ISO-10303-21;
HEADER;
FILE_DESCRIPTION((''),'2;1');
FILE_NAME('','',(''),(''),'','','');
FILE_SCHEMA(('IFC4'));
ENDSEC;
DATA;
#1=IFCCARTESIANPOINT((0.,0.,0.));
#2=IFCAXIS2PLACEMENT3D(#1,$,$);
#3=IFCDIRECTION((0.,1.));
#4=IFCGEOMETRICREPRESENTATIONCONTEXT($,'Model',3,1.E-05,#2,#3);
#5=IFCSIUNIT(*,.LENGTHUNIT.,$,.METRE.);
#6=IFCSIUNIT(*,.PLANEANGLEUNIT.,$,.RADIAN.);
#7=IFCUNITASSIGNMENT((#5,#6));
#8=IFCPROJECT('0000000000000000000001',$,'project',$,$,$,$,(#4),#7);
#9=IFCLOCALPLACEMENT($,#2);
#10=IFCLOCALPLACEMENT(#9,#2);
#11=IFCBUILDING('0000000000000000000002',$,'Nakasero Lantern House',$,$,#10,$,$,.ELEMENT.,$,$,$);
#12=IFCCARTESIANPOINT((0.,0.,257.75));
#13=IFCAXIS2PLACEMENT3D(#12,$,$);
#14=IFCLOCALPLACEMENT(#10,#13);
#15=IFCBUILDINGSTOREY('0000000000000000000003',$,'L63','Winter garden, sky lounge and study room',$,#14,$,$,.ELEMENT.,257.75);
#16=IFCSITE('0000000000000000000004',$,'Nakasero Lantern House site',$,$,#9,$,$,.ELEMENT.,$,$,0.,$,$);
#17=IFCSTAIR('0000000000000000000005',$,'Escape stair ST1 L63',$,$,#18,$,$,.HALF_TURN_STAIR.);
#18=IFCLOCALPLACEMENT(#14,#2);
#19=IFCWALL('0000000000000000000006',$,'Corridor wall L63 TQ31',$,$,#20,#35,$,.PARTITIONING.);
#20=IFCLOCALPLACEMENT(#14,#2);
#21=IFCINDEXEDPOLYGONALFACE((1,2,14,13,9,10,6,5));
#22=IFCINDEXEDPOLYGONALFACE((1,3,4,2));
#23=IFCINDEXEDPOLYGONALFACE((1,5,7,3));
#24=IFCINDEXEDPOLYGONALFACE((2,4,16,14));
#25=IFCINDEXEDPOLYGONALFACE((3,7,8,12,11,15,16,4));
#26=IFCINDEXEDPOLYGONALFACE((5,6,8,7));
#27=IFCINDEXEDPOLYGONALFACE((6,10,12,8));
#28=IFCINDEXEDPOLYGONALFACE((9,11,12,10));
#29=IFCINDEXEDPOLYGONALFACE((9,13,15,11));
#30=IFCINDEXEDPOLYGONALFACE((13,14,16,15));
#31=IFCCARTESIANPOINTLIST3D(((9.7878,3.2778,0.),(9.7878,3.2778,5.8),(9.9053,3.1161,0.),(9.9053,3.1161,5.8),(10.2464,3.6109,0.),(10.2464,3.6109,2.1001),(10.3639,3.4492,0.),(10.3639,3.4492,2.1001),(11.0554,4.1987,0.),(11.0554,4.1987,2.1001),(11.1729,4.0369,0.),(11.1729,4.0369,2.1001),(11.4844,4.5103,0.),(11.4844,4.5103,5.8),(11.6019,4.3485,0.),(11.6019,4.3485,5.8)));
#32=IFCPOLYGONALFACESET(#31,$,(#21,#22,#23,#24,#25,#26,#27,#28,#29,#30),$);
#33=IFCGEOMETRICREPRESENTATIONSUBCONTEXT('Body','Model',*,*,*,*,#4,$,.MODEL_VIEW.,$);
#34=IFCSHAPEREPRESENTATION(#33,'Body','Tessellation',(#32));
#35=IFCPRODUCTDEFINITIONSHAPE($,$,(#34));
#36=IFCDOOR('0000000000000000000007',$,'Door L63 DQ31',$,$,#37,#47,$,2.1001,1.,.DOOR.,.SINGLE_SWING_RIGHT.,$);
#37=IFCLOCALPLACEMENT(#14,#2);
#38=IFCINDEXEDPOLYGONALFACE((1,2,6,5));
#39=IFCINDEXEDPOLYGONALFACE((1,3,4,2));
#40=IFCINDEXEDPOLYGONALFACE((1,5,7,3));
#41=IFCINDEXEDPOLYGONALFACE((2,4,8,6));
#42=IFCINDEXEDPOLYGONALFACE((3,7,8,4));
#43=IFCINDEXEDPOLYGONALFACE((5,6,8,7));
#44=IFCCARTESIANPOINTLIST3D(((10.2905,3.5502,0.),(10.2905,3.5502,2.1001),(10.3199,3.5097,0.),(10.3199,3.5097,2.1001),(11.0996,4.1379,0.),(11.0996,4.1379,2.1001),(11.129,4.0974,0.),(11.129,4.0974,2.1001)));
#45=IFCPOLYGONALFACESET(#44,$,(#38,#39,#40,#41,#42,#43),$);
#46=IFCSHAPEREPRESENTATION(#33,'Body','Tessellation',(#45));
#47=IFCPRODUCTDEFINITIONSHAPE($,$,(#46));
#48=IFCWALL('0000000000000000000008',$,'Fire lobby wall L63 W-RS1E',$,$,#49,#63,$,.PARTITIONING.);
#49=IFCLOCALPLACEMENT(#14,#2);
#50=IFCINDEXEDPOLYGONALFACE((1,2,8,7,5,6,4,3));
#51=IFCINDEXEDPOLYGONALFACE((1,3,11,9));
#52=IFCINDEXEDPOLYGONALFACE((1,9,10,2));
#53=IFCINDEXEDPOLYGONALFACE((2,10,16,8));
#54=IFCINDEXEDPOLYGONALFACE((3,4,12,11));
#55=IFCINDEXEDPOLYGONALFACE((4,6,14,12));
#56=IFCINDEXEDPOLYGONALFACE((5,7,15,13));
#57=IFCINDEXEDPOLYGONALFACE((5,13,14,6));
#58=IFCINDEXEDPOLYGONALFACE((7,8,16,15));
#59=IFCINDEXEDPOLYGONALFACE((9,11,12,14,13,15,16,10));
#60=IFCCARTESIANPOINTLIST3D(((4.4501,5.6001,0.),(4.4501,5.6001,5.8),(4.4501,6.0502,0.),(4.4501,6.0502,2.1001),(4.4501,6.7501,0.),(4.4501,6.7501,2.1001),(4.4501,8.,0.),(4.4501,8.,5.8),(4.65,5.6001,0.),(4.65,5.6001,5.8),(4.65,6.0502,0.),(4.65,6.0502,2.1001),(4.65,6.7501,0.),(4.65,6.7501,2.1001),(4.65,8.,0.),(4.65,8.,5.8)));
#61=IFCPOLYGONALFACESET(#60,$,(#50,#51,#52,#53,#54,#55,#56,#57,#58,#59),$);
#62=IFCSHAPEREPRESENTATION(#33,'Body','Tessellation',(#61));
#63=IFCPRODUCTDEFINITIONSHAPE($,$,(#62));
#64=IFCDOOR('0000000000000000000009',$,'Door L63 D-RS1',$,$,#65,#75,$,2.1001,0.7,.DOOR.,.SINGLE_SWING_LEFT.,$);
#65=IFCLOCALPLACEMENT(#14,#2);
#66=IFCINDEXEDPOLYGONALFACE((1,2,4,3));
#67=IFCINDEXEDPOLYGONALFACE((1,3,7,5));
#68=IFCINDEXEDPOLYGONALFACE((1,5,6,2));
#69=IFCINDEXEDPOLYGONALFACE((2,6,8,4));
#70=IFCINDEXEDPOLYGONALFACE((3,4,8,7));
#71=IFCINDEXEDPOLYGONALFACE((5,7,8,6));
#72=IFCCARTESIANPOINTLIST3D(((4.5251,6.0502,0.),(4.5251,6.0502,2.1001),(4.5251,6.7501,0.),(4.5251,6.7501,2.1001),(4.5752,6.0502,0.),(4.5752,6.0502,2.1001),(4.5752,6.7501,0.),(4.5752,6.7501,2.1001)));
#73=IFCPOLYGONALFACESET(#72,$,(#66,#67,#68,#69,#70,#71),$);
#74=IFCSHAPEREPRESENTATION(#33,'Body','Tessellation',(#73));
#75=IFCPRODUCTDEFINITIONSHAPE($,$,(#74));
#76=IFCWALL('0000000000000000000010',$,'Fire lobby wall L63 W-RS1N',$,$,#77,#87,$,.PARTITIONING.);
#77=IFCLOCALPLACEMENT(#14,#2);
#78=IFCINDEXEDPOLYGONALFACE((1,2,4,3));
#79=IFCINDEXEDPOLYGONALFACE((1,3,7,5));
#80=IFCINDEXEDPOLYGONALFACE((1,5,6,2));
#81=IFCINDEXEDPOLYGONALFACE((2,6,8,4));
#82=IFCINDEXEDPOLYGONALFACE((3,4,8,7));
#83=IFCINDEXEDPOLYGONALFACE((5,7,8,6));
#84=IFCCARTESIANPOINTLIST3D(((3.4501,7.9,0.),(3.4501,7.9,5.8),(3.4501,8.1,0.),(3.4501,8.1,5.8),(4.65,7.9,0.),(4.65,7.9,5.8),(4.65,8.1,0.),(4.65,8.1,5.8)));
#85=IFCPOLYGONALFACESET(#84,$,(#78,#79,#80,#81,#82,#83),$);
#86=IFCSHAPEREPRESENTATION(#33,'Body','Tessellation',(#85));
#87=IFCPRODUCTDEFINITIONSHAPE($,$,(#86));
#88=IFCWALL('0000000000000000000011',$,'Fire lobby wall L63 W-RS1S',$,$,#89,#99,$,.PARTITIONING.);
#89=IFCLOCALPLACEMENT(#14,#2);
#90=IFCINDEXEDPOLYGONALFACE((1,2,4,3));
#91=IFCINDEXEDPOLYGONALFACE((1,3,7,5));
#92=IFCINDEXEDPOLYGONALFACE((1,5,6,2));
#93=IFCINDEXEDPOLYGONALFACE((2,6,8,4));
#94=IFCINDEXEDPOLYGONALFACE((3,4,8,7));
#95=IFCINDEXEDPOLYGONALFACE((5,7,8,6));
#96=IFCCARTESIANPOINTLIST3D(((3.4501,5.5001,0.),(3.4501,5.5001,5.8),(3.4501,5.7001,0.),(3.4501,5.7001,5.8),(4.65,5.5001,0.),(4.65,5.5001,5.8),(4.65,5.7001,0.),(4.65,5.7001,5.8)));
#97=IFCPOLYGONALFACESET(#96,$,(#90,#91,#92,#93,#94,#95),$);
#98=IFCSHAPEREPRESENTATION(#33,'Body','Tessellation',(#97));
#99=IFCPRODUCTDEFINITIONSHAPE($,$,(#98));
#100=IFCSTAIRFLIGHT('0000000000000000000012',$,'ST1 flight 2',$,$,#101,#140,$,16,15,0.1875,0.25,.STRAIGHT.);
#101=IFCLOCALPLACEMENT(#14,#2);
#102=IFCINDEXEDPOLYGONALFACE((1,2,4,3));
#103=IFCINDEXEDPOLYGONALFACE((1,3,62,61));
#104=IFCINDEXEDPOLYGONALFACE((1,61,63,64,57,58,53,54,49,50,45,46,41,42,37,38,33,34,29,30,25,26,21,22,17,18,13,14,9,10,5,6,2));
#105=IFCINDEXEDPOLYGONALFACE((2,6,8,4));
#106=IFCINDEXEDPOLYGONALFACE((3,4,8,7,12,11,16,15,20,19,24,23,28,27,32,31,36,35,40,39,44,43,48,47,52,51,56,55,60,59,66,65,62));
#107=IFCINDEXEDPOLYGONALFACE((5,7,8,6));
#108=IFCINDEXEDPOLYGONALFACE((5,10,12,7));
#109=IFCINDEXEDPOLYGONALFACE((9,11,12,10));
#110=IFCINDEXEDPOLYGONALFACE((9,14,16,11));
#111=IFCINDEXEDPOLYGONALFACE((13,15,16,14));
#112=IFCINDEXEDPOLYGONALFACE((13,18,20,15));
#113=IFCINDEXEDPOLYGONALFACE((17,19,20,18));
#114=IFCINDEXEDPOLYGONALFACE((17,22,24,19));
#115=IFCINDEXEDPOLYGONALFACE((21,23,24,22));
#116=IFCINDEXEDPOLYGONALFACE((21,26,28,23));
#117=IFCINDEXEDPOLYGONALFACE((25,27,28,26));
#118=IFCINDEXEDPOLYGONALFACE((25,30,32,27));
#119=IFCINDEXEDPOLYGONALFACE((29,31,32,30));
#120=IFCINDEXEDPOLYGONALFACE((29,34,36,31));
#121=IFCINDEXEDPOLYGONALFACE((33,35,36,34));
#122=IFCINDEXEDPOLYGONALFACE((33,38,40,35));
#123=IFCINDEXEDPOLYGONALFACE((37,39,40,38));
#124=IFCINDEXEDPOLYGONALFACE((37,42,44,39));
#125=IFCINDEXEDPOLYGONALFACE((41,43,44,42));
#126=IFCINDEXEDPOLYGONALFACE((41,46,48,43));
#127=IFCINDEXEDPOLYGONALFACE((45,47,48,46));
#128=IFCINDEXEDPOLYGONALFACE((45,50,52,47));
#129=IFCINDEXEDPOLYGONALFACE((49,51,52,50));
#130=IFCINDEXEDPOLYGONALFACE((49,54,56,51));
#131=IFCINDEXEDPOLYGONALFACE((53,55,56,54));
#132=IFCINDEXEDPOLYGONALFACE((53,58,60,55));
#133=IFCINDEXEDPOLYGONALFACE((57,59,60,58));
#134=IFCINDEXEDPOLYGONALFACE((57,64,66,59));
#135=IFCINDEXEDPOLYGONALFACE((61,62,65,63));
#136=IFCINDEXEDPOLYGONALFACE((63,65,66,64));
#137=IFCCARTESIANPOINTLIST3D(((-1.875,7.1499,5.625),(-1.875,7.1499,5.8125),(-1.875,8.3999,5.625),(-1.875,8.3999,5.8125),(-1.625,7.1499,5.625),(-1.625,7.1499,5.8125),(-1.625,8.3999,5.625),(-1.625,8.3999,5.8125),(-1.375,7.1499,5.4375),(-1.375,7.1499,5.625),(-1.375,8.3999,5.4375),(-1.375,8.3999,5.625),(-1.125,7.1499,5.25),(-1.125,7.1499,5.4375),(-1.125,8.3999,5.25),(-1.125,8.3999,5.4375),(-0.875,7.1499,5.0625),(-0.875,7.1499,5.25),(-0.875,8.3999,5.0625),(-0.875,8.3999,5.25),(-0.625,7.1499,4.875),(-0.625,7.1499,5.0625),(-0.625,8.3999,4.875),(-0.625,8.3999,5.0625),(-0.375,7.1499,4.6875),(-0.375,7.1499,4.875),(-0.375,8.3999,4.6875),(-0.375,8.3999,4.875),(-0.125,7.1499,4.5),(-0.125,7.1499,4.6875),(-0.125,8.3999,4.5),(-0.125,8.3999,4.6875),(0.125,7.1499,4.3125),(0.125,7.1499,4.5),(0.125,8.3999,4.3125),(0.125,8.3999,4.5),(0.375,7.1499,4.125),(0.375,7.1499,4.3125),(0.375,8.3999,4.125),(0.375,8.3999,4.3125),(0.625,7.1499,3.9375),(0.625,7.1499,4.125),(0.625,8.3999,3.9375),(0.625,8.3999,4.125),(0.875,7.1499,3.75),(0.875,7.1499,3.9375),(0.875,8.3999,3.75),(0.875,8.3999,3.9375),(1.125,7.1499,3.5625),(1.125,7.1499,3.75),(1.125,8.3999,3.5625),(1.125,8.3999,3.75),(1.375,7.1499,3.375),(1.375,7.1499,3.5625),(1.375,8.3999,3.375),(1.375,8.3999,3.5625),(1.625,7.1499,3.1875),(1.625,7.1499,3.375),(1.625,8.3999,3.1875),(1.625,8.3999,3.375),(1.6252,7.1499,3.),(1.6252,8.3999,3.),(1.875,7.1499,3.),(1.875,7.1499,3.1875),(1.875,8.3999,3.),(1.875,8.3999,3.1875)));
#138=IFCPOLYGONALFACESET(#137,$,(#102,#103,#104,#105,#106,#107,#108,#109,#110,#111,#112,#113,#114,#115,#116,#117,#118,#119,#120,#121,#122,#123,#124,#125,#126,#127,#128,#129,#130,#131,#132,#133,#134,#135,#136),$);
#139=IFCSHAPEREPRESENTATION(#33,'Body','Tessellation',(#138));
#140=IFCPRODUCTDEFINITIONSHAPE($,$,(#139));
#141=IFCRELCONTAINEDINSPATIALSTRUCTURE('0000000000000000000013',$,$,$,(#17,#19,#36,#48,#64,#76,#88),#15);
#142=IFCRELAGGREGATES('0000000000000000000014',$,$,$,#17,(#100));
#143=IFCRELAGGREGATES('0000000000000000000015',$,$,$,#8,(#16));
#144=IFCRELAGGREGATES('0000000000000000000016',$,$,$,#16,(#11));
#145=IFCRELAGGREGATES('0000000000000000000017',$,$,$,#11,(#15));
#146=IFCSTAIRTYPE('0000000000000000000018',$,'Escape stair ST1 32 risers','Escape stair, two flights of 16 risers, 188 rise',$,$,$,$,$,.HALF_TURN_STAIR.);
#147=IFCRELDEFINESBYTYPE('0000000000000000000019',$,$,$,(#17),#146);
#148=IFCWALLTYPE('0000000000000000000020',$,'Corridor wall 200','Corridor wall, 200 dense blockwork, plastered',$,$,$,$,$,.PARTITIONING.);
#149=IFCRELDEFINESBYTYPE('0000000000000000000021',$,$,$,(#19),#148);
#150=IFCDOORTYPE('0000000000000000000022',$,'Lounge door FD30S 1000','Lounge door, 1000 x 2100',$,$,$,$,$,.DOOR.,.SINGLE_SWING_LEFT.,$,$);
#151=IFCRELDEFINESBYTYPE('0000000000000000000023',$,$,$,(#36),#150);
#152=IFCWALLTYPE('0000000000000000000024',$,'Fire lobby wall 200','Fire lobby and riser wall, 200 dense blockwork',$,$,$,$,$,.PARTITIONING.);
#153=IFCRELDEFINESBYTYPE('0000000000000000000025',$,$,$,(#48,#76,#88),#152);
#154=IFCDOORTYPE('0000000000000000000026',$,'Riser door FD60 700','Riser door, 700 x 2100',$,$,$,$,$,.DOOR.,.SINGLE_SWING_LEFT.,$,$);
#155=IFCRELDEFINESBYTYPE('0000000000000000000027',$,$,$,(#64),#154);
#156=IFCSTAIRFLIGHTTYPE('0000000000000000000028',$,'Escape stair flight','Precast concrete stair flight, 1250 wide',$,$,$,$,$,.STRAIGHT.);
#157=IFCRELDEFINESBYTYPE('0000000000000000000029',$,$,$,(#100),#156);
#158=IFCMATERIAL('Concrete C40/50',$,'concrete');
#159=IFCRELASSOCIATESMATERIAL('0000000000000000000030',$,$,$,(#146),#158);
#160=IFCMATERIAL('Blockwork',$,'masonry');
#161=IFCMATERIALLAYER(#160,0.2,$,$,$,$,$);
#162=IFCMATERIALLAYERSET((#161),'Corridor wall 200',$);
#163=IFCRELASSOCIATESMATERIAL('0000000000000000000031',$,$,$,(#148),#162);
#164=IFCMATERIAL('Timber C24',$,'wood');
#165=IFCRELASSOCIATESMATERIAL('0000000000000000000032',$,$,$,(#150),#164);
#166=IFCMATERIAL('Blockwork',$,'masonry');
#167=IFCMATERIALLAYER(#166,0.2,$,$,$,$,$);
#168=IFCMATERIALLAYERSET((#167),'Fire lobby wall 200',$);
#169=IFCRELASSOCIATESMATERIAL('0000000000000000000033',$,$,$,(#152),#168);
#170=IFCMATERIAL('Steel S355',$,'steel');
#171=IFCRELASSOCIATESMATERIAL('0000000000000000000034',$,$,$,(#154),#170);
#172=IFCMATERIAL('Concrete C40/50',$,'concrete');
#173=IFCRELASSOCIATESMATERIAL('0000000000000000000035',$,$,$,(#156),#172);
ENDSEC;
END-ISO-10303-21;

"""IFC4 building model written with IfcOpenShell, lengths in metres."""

from ifc_helpers import new_model, si_unit, direction, frame, frame_2d, origin, place, context, subcontext, project, spatial, polyline, rectangle, outline, extrude, material, layer, layer_set, type_object, element, fill, aggregate, save


model = new_model("IFC4")

# Units and contexts
model_context = context("Model", 3, precision=1e-05, world=origin(), true_north=direction((0.0, 1.0)))
body_context = subcontext(model_context, "Body", "Model", "MODEL_VIEW")
ifc_project = project(units=[si_unit("LENGTHUNIT", "METRE"), si_unit("PLANEANGLEUNIT", "RADIAN")], contexts=[model_context])

# Site, building, storey
site_placement = place(None, origin())
site = spatial("IfcSite", under=ifc_project, at=site_placement, Name="Nakasero Lantern House site", CompositionType="ELEMENT", RefElevation=0.0)
building_placement = place(site_placement, origin())
building = spatial("IfcBuilding", under=site, at=building_placement, Name="Nakasero Lantern House", CompositionType="ELEMENT")
storey_placement = place(building_placement, frame((0.0, 0.0, 257.75)))
storey = spatial("IfcBuildingStorey", under=building, at=storey_placement, Name="L63", Description="Winter garden, sky lounge and study room", CompositionType="ELEMENT", Elevation=257.75)

# Stair
ifc_material_1 = material(Name="Concrete C40/50", Category="concrete")
stair_type_1 = type_object("IfcStairType", Name="Escape stair ST1 32 risers", Description="Escape stair, two flights of 16 risers, 188 rise", PredefinedType="HALF_TURN_STAIR", material=ifc_material_1)
stair_1_placement = place(storey_placement, origin())
stair_1 = element("IfcStair", 1, at=stair_1_placement, inside=storey, type_object=stair_type_1, Name="Escape stair ST1 L63", PredefinedType="HALF_TURN_STAIR")

# Walls, openings, doors
ifc_material_2 = material(Name="Blockwork", Category="masonry")
ifc_layer_1 = layer(ifc_material_2, 0.2)
ifc_layer_set_1 = layer_set([ifc_layer_1], Name="Corridor wall 200")
wall_type_1 = type_object("IfcWallType", Name="Corridor wall 200", Description="Corridor wall, 200 dense blockwork, plastered", PredefinedType="PARTITIONING", material=ifc_layer_set_1)
ifc_material_3 = material(Name="Timber C24", Category="wood")
door_type_1 = type_object("IfcDoorType", Name="Lounge door FD30S 1000", Description="Lounge door, 1000 x 2100", OperationType="SINGLE_SWING_LEFT", PredefinedType="DOOR", material=ifc_material_3)
wall_1_placement = place(storey_placement, frame((9.8467, 3.197, 0.0), z_axis=(0.0, 0.0, 1.0), x_axis=(0.809058, 0.587729, 0.0)))
wall_1 = element("IfcWall", 2, at=wall_1_placement, inside=storey, type_object=wall_type_1, Name="Corridor wall L63 TQ31", PredefinedType="PARTITIONING", context=body_context, shape_type="SweptSolid", body=[
    extrude(rectangle(XDim=2.0969, YDim=0.2, at=frame_2d((1.0483, 0.0))), origin(), (0.0, 0.0, 1.0), 5.8),
])
opening_1_placement = place(wall_1_placement, frame((0.5667, 0.0, 0.0)))
opening_1 = element("IfcOpeningElement", 3, at=opening_1_placement, cuts=wall_1, PredefinedType="OPENING", context=body_context, shape_type="SweptSolid", body=[
    extrude(rectangle(XDim=1.0, YDim=2.1001, at=frame_2d((0.5, 1.05))), frame((0.0, 0.1199, 0.0), z_axis=(0.0, -1.0, 0.0), x_axis=(1.0, 0.0, 0.0)), (0.0, 0.0, 1.0), 0.24),
])
door_1_placement = place(opening_1_placement, origin())
door_1 = element("IfcDoor", 4, at=door_1_placement, inside=storey, type_object=door_type_1, Name="Door L63 DQ31", OperationType="SINGLE_SWING_RIGHT", OverallHeight=2.1001, OverallWidth=1.0, PredefinedType="DOOR", context=body_context, shape_type="SweptSolid", body=[
    extrude(rectangle(XDim=1.0, YDim=2.1001, at=frame_2d((0.5, 1.05))), frame((0.0, 0.0249, 0.0), z_axis=(0.0, -1.0, 0.0), x_axis=(1.0, 0.0, 0.0)), (0.0, 0.0, 1.0), 0.05),
])
fill(opening_1, door_1)
ifc_material_4 = material(Name="Blockwork", Category="masonry")
ifc_layer_2 = layer(ifc_material_4, 0.2)
ifc_layer_set_2 = layer_set([ifc_layer_2], Name="Fire lobby wall 200")
wall_type_2 = type_object("IfcWallType", Name="Fire lobby wall 200", Description="Fire lobby and riser wall, 200 dense blockwork", PredefinedType="PARTITIONING", material=ifc_layer_set_2)
wall_2_placement = place(storey_placement, frame((4.55, 5.6001, 0.0), z_axis=(0.0, 0.0, 1.0), x_axis=(0.0, 1.0, 0.0)))
wall_2 = element("IfcWall", 5, at=wall_2_placement, inside=storey, type_object=wall_type_2, Name="Fire lobby wall L63 W-RS1E", PredefinedType="PARTITIONING", context=body_context, shape_type="SweptSolid", body=[
    extrude(rectangle(XDim=2.3999, YDim=0.2, at=frame_2d((1.2, 0.0))), origin(), (0.0, 0.0, 1.0), 5.8),
])
opening_2_placement = place(wall_2_placement, frame((0.45, 0.0, 0.0)))
opening_2 = element("IfcOpeningElement", 6, at=opening_2_placement, cuts=wall_2, PredefinedType="OPENING", context=body_context, shape_type="SweptSolid", body=[
    extrude(rectangle(XDim=0.7, YDim=2.1001, at=frame_2d((0.3501, 1.05))), frame((0.0, 0.1199, 0.0), z_axis=(0.0, -1.0, 0.0), x_axis=(1.0, 0.0, 0.0)), (0.0, 0.0, 1.0), 0.24),
])
ifc_material_5 = material(Name="Steel S355", Category="steel")
door_type_2 = type_object("IfcDoorType", Name="Riser door FD60 700", Description="Riser door, 700 x 2100", OperationType="SINGLE_SWING_LEFT", PredefinedType="DOOR", material=ifc_material_5)
door_2_placement = place(opening_2_placement, origin())
door_2 = element("IfcDoor", 7, at=door_2_placement, inside=storey, type_object=door_type_2, Name="Door L63 D-RS1", OperationType="SINGLE_SWING_LEFT", OverallHeight=2.1001, OverallWidth=0.7, PredefinedType="DOOR", context=body_context, shape_type="SweptSolid", body=[
    extrude(rectangle(XDim=0.7, YDim=2.1001, at=frame_2d((0.3501, 1.05))), frame((0.0, 0.0249, 0.0), z_axis=(0.0, -1.0, 0.0), x_axis=(1.0, 0.0, 0.0)), (0.0, 0.0, 1.0), 0.05),
])
fill(opening_2, door_2)

# Walls
for number, where, z_axis, x_axis, name in (
    (8, (3.45, 8.0, 0.0), (0.0, 0.0, 1.0), (1.0, 0.0, 0.0), "Fire lobby wall L63 W-RS1N"),
    (9, (3.45, 5.6001, 0.0), (0.0, 0.0, 1.0), (1.0, 0.0, 0.0), "Fire lobby wall L63 W-RS1S"),
):
    element("IfcWall", number, at=place(storey_placement, frame(where, z_axis=z_axis, x_axis=x_axis)), inside=storey, type_object=wall_type_2, Name=name, PredefinedType="PARTITIONING", context=body_context, shape_type="SweptSolid", body=[
        extrude(rectangle(XDim=1.2, YDim=0.2, at=frame_2d((0.6001, 0.0))), origin(), (0.0, 0.0, 1.0), 5.8),
    ])

# Stair flight
ifc_material_6 = material(Name="Concrete C40/50", Category="concrete")
stair_flight_type = type_object("IfcStairFlightType", Name="Escape stair flight", Description="Precast concrete stair flight, 1250 wide", PredefinedType="STRAIGHT", material=ifc_material_6)
stair_flight_placement = place(storey_placement, frame((1.875, 7.7749, 3.0), z_axis=(0.0, 0.0, 1.0), x_axis=(-1.0, 0.0, 0.0)))
stair_flight = element("IfcStairFlight", 10, at=stair_flight_placement, type_object=stair_flight_type, Name="ST1 flight 2", NumberOfRisers=16, NumberOfTreads=15, PredefinedType="STRAIGHT", RiserHeight=0.1875, TreadLength=0.25, context=body_context, shape_type="SweptSolid", body=[
    extrude(outline(polyline([(0.0, 0.0), (0.0, 0.1875), (0.25, 0.1875), (0.25, 0.375), (0.5, 0.375), (0.5, 0.5625), (0.75, 0.5625), (0.75, 0.75), (1.0, 0.75), (1.0, 0.9375), (1.25, 0.9375), (1.25, 1.125), (1.5, 1.125), (1.5, 1.3125), (1.75, 1.3125), (1.75, 1.5), (2.0, 1.5), (2.0, 1.6875), (2.25, 1.6875), (2.25, 1.875), (2.5, 1.875), (2.5, 2.0625), (2.75, 2.0625), (2.75, 2.25), (3.0, 2.25), (3.0, 2.4375), (3.25, 2.4375), (3.25, 2.625), (3.5, 2.625), (3.5, 2.8125), (3.75, 2.8125), (3.75, 3.0), (3.75, 2.625), (0.2498, 0.0), (0.0, 0.0)])), frame((0.0, 0.625, 0.0), z_axis=(0.0, -1.0, 0.0), x_axis=(1.0, 0.0, 0.0)), (0.0, 0.0, 1.0), 1.25),
])
aggregate(stair_1, [stair_flight])

save(model, "model.ifc")
